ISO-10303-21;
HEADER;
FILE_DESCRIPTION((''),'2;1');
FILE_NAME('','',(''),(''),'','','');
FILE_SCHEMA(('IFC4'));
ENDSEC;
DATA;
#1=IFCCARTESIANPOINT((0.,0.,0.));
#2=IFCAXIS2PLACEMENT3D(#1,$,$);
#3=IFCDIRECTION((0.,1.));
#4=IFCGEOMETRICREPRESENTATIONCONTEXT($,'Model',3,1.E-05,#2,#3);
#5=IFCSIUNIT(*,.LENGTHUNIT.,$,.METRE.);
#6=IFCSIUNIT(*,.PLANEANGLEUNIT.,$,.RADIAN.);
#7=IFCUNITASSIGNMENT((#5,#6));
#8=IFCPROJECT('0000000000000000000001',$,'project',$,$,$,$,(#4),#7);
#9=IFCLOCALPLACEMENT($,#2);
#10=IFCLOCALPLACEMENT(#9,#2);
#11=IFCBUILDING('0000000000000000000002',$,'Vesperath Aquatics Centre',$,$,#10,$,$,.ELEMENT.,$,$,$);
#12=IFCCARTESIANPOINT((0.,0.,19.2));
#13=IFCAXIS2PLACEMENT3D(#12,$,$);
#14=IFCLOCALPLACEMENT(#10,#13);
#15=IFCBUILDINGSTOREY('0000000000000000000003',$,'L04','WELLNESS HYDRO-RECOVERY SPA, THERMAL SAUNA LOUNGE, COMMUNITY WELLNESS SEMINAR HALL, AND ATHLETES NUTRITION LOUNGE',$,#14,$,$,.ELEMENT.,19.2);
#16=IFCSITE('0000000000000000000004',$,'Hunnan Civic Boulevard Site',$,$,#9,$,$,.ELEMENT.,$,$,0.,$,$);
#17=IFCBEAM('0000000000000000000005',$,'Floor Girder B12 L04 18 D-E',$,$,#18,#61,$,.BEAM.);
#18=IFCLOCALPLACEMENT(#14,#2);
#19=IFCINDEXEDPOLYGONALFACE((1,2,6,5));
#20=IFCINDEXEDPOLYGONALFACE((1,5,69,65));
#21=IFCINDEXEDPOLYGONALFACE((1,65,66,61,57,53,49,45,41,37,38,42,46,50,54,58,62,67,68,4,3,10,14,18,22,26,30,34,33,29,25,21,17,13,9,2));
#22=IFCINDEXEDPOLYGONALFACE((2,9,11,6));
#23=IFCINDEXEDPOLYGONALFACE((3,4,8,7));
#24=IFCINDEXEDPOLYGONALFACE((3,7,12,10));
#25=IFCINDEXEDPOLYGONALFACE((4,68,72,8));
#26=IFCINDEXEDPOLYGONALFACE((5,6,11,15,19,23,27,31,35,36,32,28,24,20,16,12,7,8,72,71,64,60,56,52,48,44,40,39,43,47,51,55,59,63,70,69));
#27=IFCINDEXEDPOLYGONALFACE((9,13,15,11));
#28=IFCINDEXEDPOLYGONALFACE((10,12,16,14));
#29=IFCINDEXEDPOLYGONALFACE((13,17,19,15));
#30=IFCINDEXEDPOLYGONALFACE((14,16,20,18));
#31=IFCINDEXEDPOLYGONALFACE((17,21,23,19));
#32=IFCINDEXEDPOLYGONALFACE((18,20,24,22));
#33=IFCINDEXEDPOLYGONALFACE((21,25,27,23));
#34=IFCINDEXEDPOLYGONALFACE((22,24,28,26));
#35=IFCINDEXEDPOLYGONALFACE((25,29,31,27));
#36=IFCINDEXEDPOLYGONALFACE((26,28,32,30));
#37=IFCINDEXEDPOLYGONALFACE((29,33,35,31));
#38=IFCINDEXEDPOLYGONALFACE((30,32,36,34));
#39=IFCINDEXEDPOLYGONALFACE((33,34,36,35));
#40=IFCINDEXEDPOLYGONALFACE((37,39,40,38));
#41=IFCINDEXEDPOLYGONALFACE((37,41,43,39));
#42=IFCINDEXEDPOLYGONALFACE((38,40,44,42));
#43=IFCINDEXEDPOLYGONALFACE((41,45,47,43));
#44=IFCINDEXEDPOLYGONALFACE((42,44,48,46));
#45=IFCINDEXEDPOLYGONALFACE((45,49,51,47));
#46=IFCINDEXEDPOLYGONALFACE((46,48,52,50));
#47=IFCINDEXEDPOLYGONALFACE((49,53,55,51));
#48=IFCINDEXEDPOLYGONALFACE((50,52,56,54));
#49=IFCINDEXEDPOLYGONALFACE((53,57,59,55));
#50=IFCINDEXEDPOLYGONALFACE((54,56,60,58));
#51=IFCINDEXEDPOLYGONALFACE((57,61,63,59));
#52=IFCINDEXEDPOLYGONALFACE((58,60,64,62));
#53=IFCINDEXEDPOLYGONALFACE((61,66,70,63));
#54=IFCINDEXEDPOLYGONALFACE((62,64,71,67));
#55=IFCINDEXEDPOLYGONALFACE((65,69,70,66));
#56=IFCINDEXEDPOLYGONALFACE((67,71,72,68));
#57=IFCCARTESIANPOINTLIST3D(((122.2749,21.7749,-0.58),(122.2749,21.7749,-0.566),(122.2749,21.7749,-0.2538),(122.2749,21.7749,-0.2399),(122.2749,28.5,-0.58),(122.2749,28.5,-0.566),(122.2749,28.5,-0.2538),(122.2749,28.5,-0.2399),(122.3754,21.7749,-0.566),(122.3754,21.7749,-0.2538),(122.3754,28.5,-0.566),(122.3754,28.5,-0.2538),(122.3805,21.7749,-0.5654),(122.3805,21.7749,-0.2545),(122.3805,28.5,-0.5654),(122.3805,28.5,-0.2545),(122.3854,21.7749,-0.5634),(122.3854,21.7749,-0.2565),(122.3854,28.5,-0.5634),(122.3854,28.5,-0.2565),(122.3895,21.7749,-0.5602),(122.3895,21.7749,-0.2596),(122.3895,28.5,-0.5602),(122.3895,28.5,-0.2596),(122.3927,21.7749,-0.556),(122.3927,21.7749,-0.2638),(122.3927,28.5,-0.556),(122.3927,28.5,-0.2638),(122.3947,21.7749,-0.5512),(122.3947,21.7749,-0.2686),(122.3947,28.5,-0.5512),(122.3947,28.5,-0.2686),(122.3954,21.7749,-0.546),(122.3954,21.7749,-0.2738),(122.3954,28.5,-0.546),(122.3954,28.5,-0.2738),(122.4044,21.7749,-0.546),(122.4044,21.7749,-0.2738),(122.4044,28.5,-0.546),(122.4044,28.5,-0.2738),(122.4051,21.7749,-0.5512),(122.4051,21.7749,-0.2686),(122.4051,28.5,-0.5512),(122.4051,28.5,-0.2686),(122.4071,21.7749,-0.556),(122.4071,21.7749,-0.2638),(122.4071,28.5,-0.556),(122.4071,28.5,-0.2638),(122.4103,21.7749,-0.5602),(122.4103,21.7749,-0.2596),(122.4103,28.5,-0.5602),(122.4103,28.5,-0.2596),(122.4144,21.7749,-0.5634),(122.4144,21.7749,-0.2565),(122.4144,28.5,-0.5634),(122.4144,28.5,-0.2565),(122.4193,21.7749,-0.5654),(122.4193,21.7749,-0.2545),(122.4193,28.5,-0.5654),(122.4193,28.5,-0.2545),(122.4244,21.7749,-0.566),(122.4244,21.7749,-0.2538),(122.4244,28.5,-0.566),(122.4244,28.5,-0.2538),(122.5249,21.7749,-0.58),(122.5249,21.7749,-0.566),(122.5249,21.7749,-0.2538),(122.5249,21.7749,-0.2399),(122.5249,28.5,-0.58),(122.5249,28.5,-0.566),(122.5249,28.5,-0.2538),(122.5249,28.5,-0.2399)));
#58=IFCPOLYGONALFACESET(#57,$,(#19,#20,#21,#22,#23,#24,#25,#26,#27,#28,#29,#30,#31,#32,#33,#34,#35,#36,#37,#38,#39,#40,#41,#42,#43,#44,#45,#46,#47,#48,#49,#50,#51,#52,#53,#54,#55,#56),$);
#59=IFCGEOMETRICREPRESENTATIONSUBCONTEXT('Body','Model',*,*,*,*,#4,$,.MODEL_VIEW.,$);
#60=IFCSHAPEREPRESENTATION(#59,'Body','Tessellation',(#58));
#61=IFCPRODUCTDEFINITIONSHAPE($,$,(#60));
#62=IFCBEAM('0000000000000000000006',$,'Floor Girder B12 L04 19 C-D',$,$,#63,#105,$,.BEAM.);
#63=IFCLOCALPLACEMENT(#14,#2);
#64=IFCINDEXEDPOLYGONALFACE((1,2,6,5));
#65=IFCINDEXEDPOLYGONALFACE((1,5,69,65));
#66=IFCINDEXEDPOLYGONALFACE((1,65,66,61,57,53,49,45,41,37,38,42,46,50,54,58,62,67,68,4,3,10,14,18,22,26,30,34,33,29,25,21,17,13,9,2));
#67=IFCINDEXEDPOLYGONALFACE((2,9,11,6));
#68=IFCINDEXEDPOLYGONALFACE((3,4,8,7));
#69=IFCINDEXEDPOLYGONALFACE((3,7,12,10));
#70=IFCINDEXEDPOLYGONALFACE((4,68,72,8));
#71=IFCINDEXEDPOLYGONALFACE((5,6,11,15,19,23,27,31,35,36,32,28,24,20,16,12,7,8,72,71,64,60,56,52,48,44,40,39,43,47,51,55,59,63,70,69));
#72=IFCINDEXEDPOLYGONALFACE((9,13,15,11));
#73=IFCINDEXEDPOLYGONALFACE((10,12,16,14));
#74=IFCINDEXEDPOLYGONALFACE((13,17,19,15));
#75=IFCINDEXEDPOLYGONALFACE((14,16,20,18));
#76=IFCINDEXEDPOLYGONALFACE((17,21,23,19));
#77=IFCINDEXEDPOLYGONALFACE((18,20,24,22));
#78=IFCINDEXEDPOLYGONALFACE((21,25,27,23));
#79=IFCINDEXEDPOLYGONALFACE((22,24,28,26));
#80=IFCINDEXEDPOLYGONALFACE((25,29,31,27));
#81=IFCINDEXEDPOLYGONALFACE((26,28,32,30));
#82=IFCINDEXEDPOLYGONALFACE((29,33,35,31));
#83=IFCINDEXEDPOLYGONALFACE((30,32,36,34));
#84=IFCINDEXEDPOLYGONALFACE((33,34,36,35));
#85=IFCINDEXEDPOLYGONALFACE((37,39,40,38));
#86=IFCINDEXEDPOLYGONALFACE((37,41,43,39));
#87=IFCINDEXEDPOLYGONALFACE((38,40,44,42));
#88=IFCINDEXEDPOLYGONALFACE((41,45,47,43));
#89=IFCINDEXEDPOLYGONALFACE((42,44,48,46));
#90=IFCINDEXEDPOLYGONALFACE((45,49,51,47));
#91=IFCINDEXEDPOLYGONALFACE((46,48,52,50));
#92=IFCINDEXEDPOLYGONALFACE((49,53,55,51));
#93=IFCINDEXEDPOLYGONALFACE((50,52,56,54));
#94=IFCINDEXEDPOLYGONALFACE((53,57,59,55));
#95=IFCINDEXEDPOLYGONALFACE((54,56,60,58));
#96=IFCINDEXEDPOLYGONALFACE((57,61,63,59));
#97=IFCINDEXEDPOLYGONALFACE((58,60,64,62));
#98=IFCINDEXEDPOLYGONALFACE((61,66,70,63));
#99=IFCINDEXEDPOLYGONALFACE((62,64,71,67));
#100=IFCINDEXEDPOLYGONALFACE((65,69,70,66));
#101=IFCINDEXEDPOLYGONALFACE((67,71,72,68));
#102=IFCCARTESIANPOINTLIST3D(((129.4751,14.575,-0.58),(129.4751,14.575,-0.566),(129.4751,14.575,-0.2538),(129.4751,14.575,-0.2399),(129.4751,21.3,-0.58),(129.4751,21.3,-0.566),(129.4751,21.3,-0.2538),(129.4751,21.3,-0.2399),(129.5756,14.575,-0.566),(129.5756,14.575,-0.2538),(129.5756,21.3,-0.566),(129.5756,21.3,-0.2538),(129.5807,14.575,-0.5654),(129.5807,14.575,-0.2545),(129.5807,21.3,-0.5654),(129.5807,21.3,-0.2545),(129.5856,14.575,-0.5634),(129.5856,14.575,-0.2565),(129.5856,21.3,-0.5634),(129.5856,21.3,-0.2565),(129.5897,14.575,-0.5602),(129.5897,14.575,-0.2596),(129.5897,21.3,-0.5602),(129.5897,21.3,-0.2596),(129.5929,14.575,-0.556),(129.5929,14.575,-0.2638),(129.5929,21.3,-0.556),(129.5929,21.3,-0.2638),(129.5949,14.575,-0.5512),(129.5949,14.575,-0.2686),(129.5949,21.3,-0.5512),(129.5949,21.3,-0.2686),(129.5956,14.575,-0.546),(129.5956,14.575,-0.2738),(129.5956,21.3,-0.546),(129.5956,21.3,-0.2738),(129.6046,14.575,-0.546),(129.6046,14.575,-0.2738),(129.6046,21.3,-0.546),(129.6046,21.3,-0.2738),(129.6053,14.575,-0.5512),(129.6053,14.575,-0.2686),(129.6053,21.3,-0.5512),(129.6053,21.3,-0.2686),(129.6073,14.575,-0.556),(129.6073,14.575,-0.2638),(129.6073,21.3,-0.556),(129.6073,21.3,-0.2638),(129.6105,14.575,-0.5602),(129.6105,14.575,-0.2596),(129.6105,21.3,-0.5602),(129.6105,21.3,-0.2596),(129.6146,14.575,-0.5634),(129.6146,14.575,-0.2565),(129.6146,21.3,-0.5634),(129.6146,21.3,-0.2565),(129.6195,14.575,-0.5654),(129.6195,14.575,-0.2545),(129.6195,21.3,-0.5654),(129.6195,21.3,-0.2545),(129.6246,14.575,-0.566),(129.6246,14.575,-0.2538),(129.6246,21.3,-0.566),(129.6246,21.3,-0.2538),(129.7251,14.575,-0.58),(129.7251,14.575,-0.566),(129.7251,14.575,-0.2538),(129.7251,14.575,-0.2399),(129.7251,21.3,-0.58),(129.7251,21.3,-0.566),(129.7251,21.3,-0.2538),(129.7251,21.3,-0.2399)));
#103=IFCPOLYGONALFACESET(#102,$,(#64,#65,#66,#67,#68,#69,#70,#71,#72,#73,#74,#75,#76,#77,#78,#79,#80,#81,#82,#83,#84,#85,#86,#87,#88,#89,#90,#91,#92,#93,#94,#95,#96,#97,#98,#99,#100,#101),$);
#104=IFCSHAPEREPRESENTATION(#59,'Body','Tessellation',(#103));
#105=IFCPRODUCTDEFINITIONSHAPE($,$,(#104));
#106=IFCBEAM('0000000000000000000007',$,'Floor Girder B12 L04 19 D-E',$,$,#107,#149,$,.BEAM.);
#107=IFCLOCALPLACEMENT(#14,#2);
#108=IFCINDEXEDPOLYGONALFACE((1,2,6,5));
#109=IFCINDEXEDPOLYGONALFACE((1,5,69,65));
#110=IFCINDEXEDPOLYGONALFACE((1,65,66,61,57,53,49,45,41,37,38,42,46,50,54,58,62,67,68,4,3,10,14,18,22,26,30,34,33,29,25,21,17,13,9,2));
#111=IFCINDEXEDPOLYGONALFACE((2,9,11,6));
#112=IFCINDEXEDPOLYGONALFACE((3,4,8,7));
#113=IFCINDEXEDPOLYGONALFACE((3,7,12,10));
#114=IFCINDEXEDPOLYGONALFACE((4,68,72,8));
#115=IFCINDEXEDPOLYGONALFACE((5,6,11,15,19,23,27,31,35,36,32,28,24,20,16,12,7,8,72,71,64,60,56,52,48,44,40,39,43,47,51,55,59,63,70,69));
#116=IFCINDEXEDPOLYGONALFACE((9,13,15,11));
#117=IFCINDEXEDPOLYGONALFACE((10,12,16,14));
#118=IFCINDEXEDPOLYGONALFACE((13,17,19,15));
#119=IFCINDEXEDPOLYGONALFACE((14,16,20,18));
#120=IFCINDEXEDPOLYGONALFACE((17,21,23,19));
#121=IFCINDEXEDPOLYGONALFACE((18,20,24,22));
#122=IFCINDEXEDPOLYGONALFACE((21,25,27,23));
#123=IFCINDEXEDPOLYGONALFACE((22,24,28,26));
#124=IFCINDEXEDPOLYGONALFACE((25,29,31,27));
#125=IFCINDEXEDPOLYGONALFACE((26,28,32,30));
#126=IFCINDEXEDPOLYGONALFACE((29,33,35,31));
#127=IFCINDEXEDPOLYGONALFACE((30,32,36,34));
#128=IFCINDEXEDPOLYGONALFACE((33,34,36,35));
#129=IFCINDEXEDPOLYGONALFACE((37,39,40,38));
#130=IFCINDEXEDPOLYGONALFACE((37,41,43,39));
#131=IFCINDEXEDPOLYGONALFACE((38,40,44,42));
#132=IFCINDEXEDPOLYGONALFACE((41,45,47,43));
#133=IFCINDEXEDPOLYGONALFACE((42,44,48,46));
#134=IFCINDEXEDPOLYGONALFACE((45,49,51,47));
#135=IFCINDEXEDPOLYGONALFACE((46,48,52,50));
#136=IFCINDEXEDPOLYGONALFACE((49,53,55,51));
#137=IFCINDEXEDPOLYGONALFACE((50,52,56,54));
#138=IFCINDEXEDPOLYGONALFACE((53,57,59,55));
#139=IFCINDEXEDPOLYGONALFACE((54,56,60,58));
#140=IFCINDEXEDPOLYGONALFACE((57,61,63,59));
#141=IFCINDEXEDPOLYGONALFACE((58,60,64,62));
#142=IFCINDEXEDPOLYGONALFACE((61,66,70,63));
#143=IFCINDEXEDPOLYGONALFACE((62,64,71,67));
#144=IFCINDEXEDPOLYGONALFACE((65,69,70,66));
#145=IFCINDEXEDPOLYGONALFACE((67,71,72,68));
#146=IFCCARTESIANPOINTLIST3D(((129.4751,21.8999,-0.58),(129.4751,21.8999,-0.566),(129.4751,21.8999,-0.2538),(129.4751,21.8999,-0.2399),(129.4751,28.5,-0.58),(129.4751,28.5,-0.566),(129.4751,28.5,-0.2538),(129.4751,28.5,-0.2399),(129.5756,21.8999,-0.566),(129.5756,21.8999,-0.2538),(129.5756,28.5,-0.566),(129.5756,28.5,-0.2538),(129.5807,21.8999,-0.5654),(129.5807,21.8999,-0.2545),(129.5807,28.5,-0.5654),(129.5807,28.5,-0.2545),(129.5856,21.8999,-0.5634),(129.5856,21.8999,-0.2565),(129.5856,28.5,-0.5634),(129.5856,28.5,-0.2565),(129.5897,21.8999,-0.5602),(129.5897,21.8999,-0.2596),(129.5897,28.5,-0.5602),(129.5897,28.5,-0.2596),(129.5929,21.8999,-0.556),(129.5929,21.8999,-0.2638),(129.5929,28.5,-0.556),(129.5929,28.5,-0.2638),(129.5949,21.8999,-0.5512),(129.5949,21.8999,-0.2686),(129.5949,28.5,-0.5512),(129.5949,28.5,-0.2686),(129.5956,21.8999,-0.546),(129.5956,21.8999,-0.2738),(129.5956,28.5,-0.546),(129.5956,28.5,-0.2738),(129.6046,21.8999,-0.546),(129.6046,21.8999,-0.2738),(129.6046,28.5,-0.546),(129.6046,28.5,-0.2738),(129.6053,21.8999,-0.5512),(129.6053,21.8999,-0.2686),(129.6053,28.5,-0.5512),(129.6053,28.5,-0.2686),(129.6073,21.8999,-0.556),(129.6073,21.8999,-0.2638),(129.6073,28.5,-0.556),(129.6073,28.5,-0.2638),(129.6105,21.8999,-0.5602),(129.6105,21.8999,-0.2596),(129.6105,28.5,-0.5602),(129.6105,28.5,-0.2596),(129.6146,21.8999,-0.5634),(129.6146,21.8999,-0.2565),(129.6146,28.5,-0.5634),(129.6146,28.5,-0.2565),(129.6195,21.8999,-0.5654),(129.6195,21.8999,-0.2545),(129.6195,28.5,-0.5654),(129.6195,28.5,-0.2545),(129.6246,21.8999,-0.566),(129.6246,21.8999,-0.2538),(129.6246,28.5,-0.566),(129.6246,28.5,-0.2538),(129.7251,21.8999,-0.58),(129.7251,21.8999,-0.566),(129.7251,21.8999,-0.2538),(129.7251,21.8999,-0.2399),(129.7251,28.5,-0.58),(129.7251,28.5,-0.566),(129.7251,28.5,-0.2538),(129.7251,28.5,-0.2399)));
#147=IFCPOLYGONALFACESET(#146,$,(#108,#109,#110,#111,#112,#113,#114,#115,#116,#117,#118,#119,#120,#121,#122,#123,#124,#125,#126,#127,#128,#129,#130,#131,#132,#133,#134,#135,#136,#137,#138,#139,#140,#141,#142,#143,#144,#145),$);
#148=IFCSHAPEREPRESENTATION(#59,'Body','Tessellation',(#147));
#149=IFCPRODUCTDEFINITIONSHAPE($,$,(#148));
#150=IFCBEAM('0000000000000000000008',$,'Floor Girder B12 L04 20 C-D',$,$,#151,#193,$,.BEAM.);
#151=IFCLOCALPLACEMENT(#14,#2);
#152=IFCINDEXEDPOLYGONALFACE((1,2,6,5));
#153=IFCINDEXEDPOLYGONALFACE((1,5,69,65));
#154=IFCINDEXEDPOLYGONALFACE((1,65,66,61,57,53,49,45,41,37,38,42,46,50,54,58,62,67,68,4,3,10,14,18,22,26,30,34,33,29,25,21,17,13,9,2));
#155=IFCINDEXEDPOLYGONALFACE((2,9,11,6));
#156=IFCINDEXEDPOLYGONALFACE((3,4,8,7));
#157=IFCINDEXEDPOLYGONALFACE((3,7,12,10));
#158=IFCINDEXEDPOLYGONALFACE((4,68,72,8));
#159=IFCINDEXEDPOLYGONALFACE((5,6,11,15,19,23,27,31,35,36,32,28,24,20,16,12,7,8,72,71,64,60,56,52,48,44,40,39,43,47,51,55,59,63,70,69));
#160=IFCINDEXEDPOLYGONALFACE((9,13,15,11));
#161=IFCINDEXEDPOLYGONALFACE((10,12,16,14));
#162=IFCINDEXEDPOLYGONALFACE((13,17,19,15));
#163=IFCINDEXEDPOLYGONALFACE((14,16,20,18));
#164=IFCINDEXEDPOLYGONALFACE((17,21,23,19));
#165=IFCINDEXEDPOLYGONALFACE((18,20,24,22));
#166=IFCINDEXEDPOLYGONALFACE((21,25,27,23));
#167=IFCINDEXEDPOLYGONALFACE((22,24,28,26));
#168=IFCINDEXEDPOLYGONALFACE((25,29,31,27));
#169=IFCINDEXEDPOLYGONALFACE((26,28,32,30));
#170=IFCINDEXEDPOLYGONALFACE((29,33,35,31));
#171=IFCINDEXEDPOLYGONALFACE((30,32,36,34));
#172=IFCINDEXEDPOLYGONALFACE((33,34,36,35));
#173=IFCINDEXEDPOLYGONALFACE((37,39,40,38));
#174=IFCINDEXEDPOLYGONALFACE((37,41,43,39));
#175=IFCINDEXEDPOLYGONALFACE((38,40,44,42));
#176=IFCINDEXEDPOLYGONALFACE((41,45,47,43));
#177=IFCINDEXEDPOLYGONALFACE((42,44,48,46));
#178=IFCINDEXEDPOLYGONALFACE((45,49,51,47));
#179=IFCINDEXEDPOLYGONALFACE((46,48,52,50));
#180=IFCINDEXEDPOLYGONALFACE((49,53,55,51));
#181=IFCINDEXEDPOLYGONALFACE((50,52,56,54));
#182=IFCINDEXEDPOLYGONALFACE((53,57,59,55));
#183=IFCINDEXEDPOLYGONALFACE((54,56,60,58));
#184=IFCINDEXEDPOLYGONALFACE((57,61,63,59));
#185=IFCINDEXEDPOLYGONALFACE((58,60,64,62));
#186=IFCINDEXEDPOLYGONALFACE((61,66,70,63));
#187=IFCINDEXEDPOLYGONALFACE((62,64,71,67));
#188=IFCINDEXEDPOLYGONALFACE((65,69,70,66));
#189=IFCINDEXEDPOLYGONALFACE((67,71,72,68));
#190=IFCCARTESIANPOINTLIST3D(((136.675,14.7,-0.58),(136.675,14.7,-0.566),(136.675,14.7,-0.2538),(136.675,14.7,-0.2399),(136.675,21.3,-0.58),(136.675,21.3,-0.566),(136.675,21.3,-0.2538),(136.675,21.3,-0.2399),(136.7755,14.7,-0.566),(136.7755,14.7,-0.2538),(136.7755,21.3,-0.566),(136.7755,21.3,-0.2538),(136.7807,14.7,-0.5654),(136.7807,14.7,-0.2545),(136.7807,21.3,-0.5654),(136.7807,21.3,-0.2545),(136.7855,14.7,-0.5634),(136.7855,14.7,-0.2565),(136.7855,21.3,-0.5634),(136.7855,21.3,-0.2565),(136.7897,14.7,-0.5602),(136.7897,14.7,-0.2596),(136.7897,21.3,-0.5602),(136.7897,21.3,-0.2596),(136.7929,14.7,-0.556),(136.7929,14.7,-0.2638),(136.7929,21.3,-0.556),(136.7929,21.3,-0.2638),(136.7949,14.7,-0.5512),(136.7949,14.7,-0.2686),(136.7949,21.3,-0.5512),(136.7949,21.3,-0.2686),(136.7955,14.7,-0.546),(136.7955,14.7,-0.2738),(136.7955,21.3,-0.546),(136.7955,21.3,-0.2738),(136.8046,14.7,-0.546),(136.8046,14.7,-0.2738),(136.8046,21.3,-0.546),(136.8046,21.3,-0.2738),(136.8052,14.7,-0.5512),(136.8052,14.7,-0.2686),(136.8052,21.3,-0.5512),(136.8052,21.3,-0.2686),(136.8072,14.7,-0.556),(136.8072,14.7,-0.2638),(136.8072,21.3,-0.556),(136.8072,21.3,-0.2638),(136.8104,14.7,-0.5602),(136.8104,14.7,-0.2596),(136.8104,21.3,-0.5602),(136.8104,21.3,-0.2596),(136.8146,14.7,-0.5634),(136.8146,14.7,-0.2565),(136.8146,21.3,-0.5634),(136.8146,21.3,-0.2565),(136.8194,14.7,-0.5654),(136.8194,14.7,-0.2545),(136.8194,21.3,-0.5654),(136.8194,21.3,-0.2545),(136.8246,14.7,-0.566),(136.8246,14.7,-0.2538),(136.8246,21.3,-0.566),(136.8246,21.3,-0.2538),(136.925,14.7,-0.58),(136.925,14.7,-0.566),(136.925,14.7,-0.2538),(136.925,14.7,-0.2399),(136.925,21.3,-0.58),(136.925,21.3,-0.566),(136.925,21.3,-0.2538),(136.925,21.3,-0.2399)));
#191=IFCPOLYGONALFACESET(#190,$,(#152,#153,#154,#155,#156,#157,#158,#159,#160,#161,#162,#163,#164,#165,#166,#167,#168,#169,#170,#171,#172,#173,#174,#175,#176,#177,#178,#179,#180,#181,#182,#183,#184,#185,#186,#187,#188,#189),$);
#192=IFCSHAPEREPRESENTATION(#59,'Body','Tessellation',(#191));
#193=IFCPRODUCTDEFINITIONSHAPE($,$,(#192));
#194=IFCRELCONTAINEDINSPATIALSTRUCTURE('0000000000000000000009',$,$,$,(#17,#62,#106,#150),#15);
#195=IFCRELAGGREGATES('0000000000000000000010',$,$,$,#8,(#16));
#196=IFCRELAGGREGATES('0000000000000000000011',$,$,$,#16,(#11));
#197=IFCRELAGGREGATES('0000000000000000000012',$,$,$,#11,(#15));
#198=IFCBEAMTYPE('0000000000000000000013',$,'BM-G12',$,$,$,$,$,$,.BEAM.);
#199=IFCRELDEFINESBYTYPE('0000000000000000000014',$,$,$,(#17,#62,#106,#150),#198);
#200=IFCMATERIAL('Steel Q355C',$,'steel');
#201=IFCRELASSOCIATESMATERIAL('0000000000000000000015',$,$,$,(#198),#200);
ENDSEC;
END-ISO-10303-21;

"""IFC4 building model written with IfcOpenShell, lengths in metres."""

from ifc_helpers import new_model, si_unit, direction, frame, origin, origin_2d, place, context, subcontext, project, spatial, i_section, extrude, material, material_profile, profile_set, type_object, element, save


model = new_model("IFC4")

# Units and contexts
model_context = context("Model", 3, precision=1e-05, world=origin(), true_north=direction((0.0, 1.0)))
body_context = subcontext(model_context, "Body", "Model", "MODEL_VIEW")
ifc_project = project(units=[si_unit("LENGTHUNIT", "METRE"), si_unit("PLANEANGLEUNIT", "RADIAN")], contexts=[model_context])

# Site, building, storey
site_placement = place(None, origin())
site = spatial("IfcSite", under=ifc_project, at=site_placement, Name="Hunnan Civic Boulevard Site", CompositionType="ELEMENT", RefElevation=0.0)
building_placement = place(site_placement, origin())
building = spatial("IfcBuilding", under=site, at=building_placement, Name="Vesperath Aquatics Centre", CompositionType="ELEMENT")
storey_placement = place(building_placement, frame((0.0, 0.0, 19.2)))
storey = spatial("IfcBuildingStorey", under=building, at=storey_placement, Name="L04", Description="WELLNESS HYDRO-RECOVERY SPA, THERMAL SAUNA LOUNGE, COMMUNITY WELLNESS SEMINAR HALL, AND ATHLETES NUTRITION LOUNGE", CompositionType="ELEMENT", Elevation=19.2)

# Shared definitions
ifc_material_1 = material(Name="Steel Q355C", Category="steel")

# Beams
ifc_material_profile_1 = material_profile(ifc_material_1, i_section(OverallWidth=0.25, OverallDepth=0.3401, WebThickness=0.009, FlangeThickness=0.0139, FilletRadius=0.02, at=origin_2d()), Name="HM 340x250x9x14")
ifc_profile_set_1 = profile_set([ifc_material_profile_1], Name="Steel Q355C")
beam_type_1 = type_object("IfcBeamType", Name="BM-G12", PredefinedType="BEAM", material=ifc_profile_set_1)
for number, where, z_axis, x_axis, name in (
    (1, (122.3999, 21.7749, -0.4099), (0.0, 1.0, 0.0), (-1.0, 0.0, 0.0), "Floor Girder B12 L04 18 D-E"),
    (2, (129.6001, 14.575, -0.4099), (0.0, 1.0, 0.0), (-1.0, 0.0, 0.0), "Floor Girder B12 L04 19 C-D"),
):
    element("IfcBeam", number, at=place(storey_placement, frame(where, z_axis=z_axis, x_axis=x_axis)), inside=storey, type_object=beam_type_1, Name=name, PredefinedType="BEAM", context=body_context, shape_type="SweptSolid", body=[
        extrude(i_section(OverallWidth=0.25, OverallDepth=0.3401, WebThickness=0.009, FlangeThickness=0.0139, FilletRadius=0.02, at=origin_2d()), origin(), (0.0, 0.0, 1.0), 6.7251),
    ])
for number, where, z_axis, x_axis, name in (
    (3, (129.6001, 21.8999, -0.4099), (0.0, 1.0, 0.0), (-1.0, 0.0, 0.0), "Floor Girder B12 L04 19 D-E"),
    (4, (136.8, 14.7, -0.4099), (0.0, 1.0, 0.0), (-1.0, 0.0, 0.0), "Floor Girder B12 L04 20 C-D"),
):
    element("IfcBeam", number, at=place(storey_placement, frame(where, z_axis=z_axis, x_axis=x_axis)), inside=storey, type_object=beam_type_1, Name=name, PredefinedType="BEAM", context=body_context, shape_type="SweptSolid", body=[
        extrude(i_section(OverallWidth=0.25, OverallDepth=0.3401, WebThickness=0.009, FlangeThickness=0.0139, FilletRadius=0.02, at=origin_2d()), origin(), (0.0, 0.0, 1.0), 6.6001),
    ])

save(model, "model.ifc")
